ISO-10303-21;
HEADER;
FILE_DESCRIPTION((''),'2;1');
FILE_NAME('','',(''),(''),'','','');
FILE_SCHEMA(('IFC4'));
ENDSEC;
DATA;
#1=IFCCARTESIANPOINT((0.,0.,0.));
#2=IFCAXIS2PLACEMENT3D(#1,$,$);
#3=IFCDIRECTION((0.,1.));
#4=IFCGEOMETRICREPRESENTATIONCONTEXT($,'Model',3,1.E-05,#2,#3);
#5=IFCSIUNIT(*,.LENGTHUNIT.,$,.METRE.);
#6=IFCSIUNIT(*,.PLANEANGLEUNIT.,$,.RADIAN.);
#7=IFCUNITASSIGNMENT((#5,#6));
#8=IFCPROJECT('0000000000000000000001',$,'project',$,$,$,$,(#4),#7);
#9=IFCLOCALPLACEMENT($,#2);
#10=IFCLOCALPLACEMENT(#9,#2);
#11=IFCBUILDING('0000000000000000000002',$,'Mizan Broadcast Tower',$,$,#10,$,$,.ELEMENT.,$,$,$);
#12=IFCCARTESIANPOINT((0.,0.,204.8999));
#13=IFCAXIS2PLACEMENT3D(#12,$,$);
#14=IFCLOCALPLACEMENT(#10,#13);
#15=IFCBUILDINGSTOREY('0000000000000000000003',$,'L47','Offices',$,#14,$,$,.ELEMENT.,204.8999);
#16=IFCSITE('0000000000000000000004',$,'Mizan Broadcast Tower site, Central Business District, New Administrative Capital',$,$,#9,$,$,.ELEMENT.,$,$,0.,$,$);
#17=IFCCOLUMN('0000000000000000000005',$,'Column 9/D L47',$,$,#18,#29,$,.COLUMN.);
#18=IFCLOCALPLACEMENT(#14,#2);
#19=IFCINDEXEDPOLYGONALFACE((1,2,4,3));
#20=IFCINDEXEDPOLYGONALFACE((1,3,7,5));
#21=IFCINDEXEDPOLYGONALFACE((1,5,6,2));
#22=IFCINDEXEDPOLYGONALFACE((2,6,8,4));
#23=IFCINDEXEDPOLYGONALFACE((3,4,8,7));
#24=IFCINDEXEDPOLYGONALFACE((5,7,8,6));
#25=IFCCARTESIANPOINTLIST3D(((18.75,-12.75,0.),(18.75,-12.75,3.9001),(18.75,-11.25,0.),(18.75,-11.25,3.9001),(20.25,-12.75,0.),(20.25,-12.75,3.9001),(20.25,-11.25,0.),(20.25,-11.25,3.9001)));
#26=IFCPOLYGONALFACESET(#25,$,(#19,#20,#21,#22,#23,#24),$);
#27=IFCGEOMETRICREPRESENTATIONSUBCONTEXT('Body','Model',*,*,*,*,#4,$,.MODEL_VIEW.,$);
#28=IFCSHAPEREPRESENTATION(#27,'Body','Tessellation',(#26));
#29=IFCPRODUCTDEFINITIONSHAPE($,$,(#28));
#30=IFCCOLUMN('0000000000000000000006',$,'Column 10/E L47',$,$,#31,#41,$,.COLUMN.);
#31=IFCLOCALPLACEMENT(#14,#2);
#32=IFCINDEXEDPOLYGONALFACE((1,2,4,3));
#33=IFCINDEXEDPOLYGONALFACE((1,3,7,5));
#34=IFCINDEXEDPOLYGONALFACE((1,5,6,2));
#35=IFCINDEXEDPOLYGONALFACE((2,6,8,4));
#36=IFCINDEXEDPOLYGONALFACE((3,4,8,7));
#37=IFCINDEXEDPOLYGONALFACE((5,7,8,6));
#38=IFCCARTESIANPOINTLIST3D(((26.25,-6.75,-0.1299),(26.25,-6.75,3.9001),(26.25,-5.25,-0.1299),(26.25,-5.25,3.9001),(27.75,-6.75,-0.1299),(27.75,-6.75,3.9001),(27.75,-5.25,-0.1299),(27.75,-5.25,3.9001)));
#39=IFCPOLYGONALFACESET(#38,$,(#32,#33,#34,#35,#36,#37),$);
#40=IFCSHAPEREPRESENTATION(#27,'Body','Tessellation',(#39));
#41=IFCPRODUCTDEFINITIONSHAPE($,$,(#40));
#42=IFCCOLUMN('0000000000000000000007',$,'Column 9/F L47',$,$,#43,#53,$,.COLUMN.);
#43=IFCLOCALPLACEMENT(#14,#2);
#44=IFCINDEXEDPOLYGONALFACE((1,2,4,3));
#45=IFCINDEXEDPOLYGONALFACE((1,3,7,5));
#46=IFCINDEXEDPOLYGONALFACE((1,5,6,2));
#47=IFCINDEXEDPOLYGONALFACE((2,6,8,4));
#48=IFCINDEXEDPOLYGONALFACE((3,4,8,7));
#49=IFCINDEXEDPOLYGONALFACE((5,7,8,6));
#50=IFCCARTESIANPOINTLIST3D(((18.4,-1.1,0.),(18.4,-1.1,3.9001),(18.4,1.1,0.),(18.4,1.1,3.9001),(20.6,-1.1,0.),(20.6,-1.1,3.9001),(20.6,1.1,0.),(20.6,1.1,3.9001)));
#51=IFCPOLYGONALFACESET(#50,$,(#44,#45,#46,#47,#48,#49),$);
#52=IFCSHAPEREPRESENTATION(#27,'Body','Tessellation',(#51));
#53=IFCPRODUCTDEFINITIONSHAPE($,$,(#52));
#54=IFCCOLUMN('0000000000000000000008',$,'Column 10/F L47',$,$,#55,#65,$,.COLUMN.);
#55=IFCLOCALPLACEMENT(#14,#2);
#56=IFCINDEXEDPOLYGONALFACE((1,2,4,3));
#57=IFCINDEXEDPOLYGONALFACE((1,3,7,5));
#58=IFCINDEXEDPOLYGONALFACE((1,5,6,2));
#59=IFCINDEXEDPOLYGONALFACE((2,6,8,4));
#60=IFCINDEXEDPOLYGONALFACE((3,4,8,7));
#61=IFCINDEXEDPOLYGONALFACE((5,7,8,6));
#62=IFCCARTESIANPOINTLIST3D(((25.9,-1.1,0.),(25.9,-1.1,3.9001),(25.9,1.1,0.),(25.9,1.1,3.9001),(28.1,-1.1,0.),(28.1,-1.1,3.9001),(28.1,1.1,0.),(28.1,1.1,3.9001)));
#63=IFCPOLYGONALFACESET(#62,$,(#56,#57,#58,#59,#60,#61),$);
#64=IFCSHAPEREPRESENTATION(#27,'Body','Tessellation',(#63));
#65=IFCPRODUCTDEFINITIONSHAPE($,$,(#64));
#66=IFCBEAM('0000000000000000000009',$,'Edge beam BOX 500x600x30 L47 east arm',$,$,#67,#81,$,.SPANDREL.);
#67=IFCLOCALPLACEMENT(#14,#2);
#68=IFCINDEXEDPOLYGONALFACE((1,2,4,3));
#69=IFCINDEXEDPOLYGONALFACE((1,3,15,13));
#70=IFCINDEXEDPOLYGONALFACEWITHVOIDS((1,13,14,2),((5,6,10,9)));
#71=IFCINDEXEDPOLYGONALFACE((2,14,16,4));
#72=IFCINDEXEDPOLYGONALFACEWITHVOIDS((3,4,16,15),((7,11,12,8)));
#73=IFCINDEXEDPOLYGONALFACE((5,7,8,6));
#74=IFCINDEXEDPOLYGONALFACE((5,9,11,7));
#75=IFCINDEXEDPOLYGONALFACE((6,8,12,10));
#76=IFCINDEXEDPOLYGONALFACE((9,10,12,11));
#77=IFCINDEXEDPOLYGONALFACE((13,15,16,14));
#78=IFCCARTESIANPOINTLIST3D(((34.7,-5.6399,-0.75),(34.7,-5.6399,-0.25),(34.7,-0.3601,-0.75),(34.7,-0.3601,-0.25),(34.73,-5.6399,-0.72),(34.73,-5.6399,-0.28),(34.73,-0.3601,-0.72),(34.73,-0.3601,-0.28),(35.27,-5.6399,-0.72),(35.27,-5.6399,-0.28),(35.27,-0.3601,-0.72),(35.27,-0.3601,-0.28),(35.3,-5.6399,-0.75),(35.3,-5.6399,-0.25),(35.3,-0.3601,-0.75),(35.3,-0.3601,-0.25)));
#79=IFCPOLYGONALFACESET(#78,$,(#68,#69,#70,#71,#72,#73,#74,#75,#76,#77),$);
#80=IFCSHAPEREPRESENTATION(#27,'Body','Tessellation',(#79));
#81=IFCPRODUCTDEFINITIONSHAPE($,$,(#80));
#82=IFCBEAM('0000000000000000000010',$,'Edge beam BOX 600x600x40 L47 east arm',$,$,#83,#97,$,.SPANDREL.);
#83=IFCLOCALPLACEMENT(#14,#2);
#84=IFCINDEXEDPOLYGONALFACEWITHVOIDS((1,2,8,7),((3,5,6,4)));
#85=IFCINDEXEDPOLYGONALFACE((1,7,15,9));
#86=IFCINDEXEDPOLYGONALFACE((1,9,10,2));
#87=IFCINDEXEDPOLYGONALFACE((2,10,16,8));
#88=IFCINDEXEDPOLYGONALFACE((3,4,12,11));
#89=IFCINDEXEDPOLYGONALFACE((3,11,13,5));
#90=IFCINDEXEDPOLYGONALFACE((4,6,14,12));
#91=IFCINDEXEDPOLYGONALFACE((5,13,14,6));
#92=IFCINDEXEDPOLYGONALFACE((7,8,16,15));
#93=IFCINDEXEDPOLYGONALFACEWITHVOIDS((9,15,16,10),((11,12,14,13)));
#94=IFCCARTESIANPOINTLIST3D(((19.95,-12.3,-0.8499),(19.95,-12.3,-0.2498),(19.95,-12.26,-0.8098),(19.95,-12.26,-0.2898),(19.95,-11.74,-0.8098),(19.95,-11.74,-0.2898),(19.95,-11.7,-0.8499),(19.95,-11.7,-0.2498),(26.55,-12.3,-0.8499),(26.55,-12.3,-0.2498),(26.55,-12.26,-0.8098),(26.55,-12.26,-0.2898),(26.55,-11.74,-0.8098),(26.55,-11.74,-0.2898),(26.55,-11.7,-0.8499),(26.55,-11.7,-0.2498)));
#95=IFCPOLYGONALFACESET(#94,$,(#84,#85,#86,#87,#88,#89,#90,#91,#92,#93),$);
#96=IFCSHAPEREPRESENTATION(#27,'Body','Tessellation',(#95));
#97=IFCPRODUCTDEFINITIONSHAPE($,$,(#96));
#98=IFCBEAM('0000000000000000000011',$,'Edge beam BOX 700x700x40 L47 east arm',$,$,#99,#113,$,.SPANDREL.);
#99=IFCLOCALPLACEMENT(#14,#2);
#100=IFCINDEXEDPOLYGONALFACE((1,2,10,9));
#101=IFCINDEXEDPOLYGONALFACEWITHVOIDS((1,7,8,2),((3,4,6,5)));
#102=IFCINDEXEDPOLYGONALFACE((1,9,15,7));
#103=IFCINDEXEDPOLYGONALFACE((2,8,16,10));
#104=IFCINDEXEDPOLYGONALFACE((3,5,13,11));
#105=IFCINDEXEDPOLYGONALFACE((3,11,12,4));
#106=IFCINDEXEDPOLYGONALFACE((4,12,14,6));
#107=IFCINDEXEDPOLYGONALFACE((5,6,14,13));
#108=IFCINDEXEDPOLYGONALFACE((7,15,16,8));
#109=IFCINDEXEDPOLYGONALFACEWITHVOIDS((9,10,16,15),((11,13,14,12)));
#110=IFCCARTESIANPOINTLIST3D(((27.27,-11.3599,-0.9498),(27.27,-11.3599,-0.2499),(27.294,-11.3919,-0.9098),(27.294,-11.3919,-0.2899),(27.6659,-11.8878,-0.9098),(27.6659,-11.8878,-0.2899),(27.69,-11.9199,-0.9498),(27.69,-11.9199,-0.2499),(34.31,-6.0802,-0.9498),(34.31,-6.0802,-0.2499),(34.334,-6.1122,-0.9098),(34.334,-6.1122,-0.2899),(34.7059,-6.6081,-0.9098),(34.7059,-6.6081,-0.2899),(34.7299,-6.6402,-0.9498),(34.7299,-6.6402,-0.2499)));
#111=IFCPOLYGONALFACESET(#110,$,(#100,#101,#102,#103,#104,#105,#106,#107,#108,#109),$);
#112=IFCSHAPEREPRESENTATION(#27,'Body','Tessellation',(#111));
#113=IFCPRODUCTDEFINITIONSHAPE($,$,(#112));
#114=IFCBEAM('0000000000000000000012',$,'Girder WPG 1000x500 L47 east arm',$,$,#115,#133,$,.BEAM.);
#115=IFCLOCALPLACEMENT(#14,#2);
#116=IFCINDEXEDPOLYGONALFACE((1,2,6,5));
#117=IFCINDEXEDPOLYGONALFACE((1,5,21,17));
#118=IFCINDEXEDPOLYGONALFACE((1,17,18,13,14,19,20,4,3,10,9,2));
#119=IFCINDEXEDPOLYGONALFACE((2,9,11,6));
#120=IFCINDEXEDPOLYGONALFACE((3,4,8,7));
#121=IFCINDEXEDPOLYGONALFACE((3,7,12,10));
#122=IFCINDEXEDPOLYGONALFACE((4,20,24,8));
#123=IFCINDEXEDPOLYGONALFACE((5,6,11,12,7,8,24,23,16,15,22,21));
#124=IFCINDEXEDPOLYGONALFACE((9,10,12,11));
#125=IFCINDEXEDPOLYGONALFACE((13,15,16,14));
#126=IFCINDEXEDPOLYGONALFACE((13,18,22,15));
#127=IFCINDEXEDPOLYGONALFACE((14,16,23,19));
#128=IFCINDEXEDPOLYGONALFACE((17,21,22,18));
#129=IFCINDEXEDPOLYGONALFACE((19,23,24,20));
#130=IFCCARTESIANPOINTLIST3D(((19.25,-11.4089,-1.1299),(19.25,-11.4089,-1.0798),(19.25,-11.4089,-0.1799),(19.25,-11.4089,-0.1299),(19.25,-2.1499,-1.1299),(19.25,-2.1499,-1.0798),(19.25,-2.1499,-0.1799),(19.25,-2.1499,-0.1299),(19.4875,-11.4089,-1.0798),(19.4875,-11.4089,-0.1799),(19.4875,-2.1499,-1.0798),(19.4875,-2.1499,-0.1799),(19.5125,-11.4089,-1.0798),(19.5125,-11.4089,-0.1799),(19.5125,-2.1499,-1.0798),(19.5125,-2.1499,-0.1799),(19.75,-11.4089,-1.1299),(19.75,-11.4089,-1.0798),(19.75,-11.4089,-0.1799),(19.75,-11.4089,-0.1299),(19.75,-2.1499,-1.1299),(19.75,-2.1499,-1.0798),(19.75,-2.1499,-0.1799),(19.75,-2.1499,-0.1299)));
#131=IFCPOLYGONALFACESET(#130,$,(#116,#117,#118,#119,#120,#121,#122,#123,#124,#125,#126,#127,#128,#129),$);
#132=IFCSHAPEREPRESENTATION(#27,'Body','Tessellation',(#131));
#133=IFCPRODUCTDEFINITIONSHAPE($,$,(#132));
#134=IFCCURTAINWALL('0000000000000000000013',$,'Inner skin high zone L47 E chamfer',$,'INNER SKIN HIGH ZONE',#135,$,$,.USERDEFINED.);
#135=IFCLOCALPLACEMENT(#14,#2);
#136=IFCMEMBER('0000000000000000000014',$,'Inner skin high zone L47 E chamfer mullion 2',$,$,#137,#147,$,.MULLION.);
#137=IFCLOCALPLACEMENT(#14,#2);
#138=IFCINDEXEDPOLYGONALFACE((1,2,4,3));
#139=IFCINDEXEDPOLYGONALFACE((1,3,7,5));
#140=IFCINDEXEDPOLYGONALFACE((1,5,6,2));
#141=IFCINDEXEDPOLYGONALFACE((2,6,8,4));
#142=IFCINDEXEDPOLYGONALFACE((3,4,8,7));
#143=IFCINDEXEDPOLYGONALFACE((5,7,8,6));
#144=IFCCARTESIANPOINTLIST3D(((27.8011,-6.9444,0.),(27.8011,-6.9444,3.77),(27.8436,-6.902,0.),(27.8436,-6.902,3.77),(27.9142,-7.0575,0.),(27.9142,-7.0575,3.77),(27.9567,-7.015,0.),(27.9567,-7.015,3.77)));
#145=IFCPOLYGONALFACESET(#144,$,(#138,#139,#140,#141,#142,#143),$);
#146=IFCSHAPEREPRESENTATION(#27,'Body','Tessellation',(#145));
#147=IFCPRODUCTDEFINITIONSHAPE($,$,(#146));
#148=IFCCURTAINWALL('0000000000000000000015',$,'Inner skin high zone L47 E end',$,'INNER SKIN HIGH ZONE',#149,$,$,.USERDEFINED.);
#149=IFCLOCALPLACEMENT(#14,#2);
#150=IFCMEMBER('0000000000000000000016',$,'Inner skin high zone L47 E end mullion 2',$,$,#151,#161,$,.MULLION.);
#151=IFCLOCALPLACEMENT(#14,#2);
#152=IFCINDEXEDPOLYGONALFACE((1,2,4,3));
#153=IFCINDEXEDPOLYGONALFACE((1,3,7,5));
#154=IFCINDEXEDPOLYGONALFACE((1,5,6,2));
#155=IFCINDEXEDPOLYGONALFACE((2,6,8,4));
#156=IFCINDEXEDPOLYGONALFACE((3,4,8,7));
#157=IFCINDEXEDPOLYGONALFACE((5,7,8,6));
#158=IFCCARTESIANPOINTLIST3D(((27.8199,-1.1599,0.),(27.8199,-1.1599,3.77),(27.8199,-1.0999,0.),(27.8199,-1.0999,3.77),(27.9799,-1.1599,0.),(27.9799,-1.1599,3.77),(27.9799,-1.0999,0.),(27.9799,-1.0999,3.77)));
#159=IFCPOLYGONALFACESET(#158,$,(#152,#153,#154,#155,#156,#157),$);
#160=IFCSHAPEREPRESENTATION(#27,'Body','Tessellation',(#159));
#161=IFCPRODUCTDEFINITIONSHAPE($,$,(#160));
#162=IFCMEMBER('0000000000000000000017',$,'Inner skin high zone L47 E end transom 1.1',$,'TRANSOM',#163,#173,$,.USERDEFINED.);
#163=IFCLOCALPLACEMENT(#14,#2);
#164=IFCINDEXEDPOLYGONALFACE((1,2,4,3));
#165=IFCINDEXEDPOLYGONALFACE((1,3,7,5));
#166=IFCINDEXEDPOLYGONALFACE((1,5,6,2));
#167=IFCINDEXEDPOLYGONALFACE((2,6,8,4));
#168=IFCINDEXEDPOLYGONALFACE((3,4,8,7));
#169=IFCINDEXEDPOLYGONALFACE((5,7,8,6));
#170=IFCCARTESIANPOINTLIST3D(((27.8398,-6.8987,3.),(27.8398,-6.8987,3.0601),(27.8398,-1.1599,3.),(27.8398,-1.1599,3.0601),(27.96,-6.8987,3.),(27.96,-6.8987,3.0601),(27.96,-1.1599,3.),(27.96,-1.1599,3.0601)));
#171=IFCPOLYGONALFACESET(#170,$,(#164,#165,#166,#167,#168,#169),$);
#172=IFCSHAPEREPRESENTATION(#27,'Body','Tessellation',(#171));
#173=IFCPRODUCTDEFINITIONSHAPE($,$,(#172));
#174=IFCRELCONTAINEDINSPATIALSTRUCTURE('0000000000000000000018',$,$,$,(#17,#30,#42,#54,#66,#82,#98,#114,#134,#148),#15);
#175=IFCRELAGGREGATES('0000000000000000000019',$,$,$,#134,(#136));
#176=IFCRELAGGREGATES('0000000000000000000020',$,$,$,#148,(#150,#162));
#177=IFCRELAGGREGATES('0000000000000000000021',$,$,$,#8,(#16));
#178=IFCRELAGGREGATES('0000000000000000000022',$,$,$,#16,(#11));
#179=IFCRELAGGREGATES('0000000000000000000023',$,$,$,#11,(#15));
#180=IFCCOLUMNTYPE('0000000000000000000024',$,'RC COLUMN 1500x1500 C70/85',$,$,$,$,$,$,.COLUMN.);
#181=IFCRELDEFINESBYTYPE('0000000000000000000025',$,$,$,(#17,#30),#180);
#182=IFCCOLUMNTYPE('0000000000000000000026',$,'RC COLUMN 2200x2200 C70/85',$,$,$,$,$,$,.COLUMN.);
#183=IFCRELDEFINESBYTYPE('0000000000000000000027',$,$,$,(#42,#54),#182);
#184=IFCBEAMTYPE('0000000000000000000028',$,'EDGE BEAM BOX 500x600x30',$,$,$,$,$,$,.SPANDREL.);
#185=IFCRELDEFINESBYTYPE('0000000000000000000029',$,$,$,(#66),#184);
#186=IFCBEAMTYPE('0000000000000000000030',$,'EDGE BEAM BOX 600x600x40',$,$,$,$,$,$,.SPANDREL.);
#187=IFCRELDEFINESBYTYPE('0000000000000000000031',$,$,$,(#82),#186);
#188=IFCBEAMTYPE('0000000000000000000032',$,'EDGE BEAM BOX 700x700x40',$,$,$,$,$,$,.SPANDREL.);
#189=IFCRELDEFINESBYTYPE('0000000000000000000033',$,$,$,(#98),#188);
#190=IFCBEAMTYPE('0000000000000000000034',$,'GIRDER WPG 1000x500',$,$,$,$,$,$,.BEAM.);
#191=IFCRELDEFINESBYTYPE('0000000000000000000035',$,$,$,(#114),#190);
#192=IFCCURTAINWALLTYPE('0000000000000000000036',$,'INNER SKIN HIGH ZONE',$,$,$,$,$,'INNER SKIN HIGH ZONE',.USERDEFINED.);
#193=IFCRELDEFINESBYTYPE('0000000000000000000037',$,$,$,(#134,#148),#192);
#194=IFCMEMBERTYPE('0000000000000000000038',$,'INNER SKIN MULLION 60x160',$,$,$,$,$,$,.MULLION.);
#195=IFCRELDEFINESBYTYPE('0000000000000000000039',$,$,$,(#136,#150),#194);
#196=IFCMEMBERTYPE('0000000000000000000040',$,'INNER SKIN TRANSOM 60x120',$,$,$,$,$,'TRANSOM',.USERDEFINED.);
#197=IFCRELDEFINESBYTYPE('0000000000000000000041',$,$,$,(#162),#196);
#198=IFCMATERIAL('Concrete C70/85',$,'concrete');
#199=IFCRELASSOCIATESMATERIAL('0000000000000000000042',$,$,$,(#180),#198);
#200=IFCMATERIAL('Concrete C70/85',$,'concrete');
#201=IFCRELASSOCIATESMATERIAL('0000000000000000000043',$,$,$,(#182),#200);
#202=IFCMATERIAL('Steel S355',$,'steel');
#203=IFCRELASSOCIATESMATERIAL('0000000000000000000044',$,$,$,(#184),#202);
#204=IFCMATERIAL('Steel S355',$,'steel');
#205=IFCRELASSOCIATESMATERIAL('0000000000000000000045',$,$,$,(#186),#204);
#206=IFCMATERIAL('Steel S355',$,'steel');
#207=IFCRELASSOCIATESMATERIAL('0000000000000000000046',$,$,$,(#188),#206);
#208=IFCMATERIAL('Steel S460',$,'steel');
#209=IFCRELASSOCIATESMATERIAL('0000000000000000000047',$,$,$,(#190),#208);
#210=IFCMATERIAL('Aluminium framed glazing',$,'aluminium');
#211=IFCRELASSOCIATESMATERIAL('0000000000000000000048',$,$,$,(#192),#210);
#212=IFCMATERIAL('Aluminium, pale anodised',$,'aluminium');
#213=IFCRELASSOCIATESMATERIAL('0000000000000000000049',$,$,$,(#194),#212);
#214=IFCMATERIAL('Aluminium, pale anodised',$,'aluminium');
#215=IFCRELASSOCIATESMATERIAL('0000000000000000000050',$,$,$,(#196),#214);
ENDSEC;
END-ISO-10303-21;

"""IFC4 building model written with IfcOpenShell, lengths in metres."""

from ifc_helpers import new_model, si_unit, direction, frame, origin, origin_2d, place, context, subcontext, project, spatial, rectangle, hollow_rectangle, i_section, extrude, material, material_profile, profile_set, type_object, element, aggregate, save


model = new_model("IFC4")

# Units and contexts
model_context = context("Model", 3, precision=1e-05, world=origin(), true_north=direction((0.0, 1.0)))
body_context = subcontext(model_context, "Body", "Model", "MODEL_VIEW")
ifc_project = project(units=[si_unit("LENGTHUNIT", "METRE"), si_unit("PLANEANGLEUNIT", "RADIAN")], contexts=[model_context])

# Site, building, storey
site_placement = place(None, origin())
site = spatial("IfcSite", under=ifc_project, at=site_placement, Name="Mizan Broadcast Tower site, Central Business District, New Administrative Capital", CompositionType="ELEMENT", RefElevation=0.0)
building_placement = place(site_placement, origin())
building = spatial("IfcBuilding", under=site, at=building_placement, Name="Mizan Broadcast Tower", CompositionType="ELEMENT")
storey_placement = place(building_placement, frame((0.0, 0.0, 204.8999)))
storey = spatial("IfcBuildingStorey", under=building, at=storey_placement, Name="L47", Description="Offices", CompositionType="ELEMENT", Elevation=204.8999)

# Columns
ifc_material_1 = material(Name="Concrete C70/85", Category="concrete")
ifc_material_profile_1 = material_profile(ifc_material_1, rectangle(XDim=1.5, YDim=1.5, at=origin_2d()), Name="RC 1500x1500")
ifc_profile_set_1 = profile_set([ifc_material_profile_1], Name="Concrete C70/85")
column_type_1 = type_object("IfcColumnType", Name="RC COLUMN 1500x1500 C70/85", PredefinedType="COLUMN", material=ifc_profile_set_1)
column_1_placement = place(storey_placement, frame((19.5, -12.0, 0.0), z_axis=(0.0, 0.0, 1.0), x_axis=(1.0, 0.0, 0.0)))
element("IfcColumn", 1, at=column_1_placement, inside=storey, type_object=column_type_1, Name="Column 9/D L47", PredefinedType="COLUMN", context=body_context, shape_type="SweptSolid", body=[
    extrude(rectangle(XDim=1.5, YDim=1.5, at=origin_2d()), origin(), (0.0, 0.0, 1.0), 3.9001),
])
column_2_placement = place(storey_placement, frame((27.0, -6.0, -0.1299), z_axis=(0.0, 0.0, 1.0), x_axis=(1.0, 0.0, 0.0)))
element("IfcColumn", 2, at=column_2_placement, inside=storey, type_object=column_type_1, Name="Column 10/E L47", PredefinedType="COLUMN", context=body_context, shape_type="SweptSolid", body=[
    extrude(rectangle(XDim=1.5, YDim=1.5, at=origin_2d()), origin(), (0.0, 0.0, 1.0), 4.03),
])
ifc_material_2 = material(Name="Concrete C70/85", Category="concrete")
ifc_material_profile_2 = material_profile(ifc_material_2, rectangle(XDim=2.2, YDim=2.2, at=origin_2d()), Name="RC 2200x2200")
ifc_profile_set_2 = profile_set([ifc_material_profile_2], Name="Concrete C70/85")
column_type_2 = type_object("IfcColumnType", Name="RC COLUMN 2200x2200 C70/85", PredefinedType="COLUMN", material=ifc_profile_set_2)
for number, where, z_axis, x_axis, name in (
    (3, (19.5, 0.0, 0.0), (0.0, 0.0, 1.0), (1.0, 0.0, 0.0), "Column 9/F L47"),
    (4, (27.0, 0.0, 0.0), (0.0, 0.0, 1.0), (1.0, 0.0, 0.0), "Column 10/F L47"),
):
    element("IfcColumn", number, at=place(storey_placement, frame(where, z_axis=z_axis, x_axis=x_axis)), inside=storey, type_object=column_type_2, Name=name, PredefinedType="COLUMN", context=body_context, shape_type="SweptSolid", body=[
        extrude(rectangle(XDim=2.2, YDim=2.2, at=origin_2d()), origin(), (0.0, 0.0, 1.0), 3.9001),
    ])

# Beams
ifc_material_3 = material(Name="Steel S355", Category="steel")
ifc_material_profile_3 = material_profile(ifc_material_3, hollow_rectangle(XDim=0.6001, YDim=0.5, WallThickness=0.03, at=origin_2d()), Name="BOX 500x600x30")
ifc_profile_set_3 = profile_set([ifc_material_profile_3], Name="Steel S355")
beam_type_1 = type_object("IfcBeamType", Name="EDGE BEAM BOX 500x600x30", PredefinedType="SPANDREL", material=ifc_profile_set_3)
beam_1_placement = place(storey_placement, frame((35.0, -5.6399, -0.5), z_axis=(0.0, 1.0, 0.0), x_axis=(-1.0, 0.0, 0.0)))
element("IfcBeam", 5, at=beam_1_placement, inside=storey, type_object=beam_type_1, Name="Edge beam BOX 500x600x30 L47 east arm", PredefinedType="SPANDREL", context=body_context, shape_type="SweptSolid", body=[
    extrude(hollow_rectangle(XDim=0.6001, YDim=0.5, WallThickness=0.03, at=origin_2d()), origin(), (0.0, 0.0, 1.0), 5.2798),
])
ifc_material_4 = material(Name="Steel S355", Category="steel")
ifc_material_profile_4 = material_profile(ifc_material_4, hollow_rectangle(XDim=0.6001, YDim=0.6001, WallThickness=0.04, at=origin_2d()), Name="BOX 600x600x40")
ifc_profile_set_4 = profile_set([ifc_material_profile_4], Name="Steel S355")
beam_type_2 = type_object("IfcBeamType", Name="EDGE BEAM BOX 600x600x40", PredefinedType="SPANDREL", material=ifc_profile_set_4)
beam_2_placement = place(storey_placement, frame((19.95, -12.0, -0.5498), z_axis=(1.0, 0.0, 0.0), x_axis=(0.0, 1.0, 0.0)))
element("IfcBeam", 6, at=beam_2_placement, inside=storey, type_object=beam_type_2, Name="Edge beam BOX 600x600x40 L47 east arm", PredefinedType="SPANDREL", context=body_context, shape_type="SweptSolid", body=[
    extrude(hollow_rectangle(XDim=0.6001, YDim=0.6001, WallThickness=0.04, at=origin_2d()), origin(), (0.0, 0.0, 1.0), 6.6001),
])
ifc_material_5 = material(Name="Steel S355", Category="steel")
ifc_material_profile_5 = material_profile(ifc_material_5, hollow_rectangle(XDim=0.7, YDim=0.7, WallThickness=0.04, at=origin_2d()), Name="BOX 700x700x40")
ifc_profile_set_5 = profile_set([ifc_material_profile_5], Name="Steel S355")
beam_type_3 = type_object("IfcBeamType", Name="EDGE BEAM BOX 700x700x40", PredefinedType="SPANDREL", material=ifc_profile_set_5)
beam_3_placement = place(storey_placement, frame((27.48, -11.6399, -0.5999), z_axis=(0.800013, 0.599982, 0.0), x_axis=(-0.599982, 0.800013, 0.0)))
element("IfcBeam", 7, at=beam_3_placement, inside=storey, type_object=beam_type_3, Name="Edge beam BOX 700x700x40 L47 east arm", PredefinedType="SPANDREL", context=body_context, shape_type="SweptSolid", body=[
    extrude(hollow_rectangle(XDim=0.7, YDim=0.7, WallThickness=0.04, at=origin_2d()), origin(), (0.0, 0.0, 1.0), 8.7998),
])
ifc_material_6 = material(Name="Steel S460", Category="steel")
ifc_material_profile_6 = material_profile(ifc_material_6, i_section(OverallWidth=0.5, OverallDepth=1.0, WebThickness=0.0249, FlangeThickness=0.05, at=origin_2d()), Name="WPG 1000x500")
ifc_profile_set_6 = profile_set([ifc_material_profile_6], Name="Steel S460")
beam_type_4 = type_object("IfcBeamType", Name="GIRDER WPG 1000x500", PredefinedType="BEAM", material=ifc_profile_set_6)
beam_4_placement = place(storey_placement, frame((19.5, -11.4089, -0.6299), z_axis=(0.0, 1.0, 0.0), x_axis=(-1.0, 0.0, 0.0)))
element("IfcBeam", 8, at=beam_4_placement, inside=storey, type_object=beam_type_4, Name="Girder WPG 1000x500 L47 east arm", PredefinedType="BEAM", context=body_context, shape_type="SweptSolid", body=[
    extrude(i_section(OverallWidth=0.5, OverallDepth=1.0, WebThickness=0.0249, FlangeThickness=0.05, at=origin_2d()), origin(), (0.0, 0.0, 1.0), 9.259),
])

# Curtain wall, member
ifc_material_7 = material(Name="Aluminium framed glazing", Category="aluminium")
curtain_wall_type_1 = type_object("IfcCurtainWallType", Name="INNER SKIN HIGH ZONE", ElementType="INNER SKIN HIGH ZONE", PredefinedType="USERDEFINED", material=ifc_material_7)
curtain_wall_1_placement = place(storey_placement, origin())
curtain_wall_1 = element("IfcCurtainWall", 9, at=curtain_wall_1_placement, inside=storey, type_object=curtain_wall_type_1, Name="Inner skin high zone L47 E chamfer", ObjectType="INNER SKIN HIGH ZONE", PredefinedType="USERDEFINED")
ifc_material_8 = material(Name="Aluminium, pale anodised", Category="aluminium")
ifc_material_profile_7 = material_profile(ifc_material_8, rectangle(XDim=0.1599, YDim=0.0601, at=origin_2d()), Name="MULLION 160x60")
ifc_profile_set_7 = profile_set([ifc_material_profile_7], Name="Aluminium, pale anodised")
member_type_1 = type_object("IfcMemberType", Name="INNER SKIN MULLION 60x160", PredefinedType="MULLION", material=ifc_profile_set_7)
member_1_placement = place(storey_placement, frame((27.8789, -6.9797, 0.0), z_axis=(0.0, 0.0, 1.0), x_axis=(-0.707107, 0.707107, 0.0)))
member_1 = element("IfcMember", 10, at=member_1_placement, type_object=member_type_1, Name="Inner skin high zone L47 E chamfer mullion 2", PredefinedType="MULLION", context=body_context, shape_type="SweptSolid", body=[
    extrude(rectangle(XDim=0.1599, YDim=0.0601, at=origin_2d()), origin(), (0.0, 0.0, 1.0), 3.77),
])

# Curtain wall, members
curtain_wall_2_placement = place(storey_placement, origin())
curtain_wall_2 = element("IfcCurtainWall", 11, at=curtain_wall_2_placement, inside=storey, type_object=curtain_wall_type_1, Name="Inner skin high zone L47 E end", ObjectType="INNER SKIN HIGH ZONE", PredefinedType="USERDEFINED")
member_2_placement = place(storey_placement, frame((27.8999, -1.1299, 0.0), z_axis=(0.0, 0.0, 1.0), x_axis=(-1.0, 0.0, 0.0)))
member_2 = element("IfcMember", 12, at=member_2_placement, type_object=member_type_1, Name="Inner skin high zone L47 E end mullion 2", PredefinedType="MULLION", context=body_context, shape_type="SweptSolid", body=[
    extrude(rectangle(XDim=0.1599, YDim=0.0601, at=origin_2d()), origin(), (0.0, 0.0, 1.0), 3.77),
])
ifc_material_9 = material(Name="Aluminium, pale anodised", Category="aluminium")
ifc_material_profile_8 = material_profile(ifc_material_9, rectangle(XDim=0.1201, YDim=0.0601, at=origin_2d()), Name="TRANSOM 120x60")
ifc_profile_set_8 = profile_set([ifc_material_profile_8], Name="Aluminium, pale anodised")
member_type_2 = type_object("IfcMemberType", Name="INNER SKIN TRANSOM 60x120", ElementType="TRANSOM", PredefinedType="USERDEFINED", material=ifc_profile_set_8)
member_3_placement = place(storey_placement, frame((27.8999, -6.8987, 3.03), z_axis=(0.0, 1.0, 0.0), x_axis=(-1.0, 0.0, 0.0)))
member_3 = element("IfcMember", 13, at=member_3_placement, type_object=member_type_2, Name="Inner skin high zone L47 E end transom 1.1", ObjectType="TRANSOM", PredefinedType="USERDEFINED", context=body_context, shape_type="SweptSolid", body=[
    extrude(rectangle(XDim=0.1201, YDim=0.0601, at=origin_2d()), origin(), (0.0, 0.0, 1.0), 5.7388),
])

aggregate(curtain_wall_1, [member_1])
aggregate(curtain_wall_2, [member_2, member_3])

save(model, "model.ifc")
